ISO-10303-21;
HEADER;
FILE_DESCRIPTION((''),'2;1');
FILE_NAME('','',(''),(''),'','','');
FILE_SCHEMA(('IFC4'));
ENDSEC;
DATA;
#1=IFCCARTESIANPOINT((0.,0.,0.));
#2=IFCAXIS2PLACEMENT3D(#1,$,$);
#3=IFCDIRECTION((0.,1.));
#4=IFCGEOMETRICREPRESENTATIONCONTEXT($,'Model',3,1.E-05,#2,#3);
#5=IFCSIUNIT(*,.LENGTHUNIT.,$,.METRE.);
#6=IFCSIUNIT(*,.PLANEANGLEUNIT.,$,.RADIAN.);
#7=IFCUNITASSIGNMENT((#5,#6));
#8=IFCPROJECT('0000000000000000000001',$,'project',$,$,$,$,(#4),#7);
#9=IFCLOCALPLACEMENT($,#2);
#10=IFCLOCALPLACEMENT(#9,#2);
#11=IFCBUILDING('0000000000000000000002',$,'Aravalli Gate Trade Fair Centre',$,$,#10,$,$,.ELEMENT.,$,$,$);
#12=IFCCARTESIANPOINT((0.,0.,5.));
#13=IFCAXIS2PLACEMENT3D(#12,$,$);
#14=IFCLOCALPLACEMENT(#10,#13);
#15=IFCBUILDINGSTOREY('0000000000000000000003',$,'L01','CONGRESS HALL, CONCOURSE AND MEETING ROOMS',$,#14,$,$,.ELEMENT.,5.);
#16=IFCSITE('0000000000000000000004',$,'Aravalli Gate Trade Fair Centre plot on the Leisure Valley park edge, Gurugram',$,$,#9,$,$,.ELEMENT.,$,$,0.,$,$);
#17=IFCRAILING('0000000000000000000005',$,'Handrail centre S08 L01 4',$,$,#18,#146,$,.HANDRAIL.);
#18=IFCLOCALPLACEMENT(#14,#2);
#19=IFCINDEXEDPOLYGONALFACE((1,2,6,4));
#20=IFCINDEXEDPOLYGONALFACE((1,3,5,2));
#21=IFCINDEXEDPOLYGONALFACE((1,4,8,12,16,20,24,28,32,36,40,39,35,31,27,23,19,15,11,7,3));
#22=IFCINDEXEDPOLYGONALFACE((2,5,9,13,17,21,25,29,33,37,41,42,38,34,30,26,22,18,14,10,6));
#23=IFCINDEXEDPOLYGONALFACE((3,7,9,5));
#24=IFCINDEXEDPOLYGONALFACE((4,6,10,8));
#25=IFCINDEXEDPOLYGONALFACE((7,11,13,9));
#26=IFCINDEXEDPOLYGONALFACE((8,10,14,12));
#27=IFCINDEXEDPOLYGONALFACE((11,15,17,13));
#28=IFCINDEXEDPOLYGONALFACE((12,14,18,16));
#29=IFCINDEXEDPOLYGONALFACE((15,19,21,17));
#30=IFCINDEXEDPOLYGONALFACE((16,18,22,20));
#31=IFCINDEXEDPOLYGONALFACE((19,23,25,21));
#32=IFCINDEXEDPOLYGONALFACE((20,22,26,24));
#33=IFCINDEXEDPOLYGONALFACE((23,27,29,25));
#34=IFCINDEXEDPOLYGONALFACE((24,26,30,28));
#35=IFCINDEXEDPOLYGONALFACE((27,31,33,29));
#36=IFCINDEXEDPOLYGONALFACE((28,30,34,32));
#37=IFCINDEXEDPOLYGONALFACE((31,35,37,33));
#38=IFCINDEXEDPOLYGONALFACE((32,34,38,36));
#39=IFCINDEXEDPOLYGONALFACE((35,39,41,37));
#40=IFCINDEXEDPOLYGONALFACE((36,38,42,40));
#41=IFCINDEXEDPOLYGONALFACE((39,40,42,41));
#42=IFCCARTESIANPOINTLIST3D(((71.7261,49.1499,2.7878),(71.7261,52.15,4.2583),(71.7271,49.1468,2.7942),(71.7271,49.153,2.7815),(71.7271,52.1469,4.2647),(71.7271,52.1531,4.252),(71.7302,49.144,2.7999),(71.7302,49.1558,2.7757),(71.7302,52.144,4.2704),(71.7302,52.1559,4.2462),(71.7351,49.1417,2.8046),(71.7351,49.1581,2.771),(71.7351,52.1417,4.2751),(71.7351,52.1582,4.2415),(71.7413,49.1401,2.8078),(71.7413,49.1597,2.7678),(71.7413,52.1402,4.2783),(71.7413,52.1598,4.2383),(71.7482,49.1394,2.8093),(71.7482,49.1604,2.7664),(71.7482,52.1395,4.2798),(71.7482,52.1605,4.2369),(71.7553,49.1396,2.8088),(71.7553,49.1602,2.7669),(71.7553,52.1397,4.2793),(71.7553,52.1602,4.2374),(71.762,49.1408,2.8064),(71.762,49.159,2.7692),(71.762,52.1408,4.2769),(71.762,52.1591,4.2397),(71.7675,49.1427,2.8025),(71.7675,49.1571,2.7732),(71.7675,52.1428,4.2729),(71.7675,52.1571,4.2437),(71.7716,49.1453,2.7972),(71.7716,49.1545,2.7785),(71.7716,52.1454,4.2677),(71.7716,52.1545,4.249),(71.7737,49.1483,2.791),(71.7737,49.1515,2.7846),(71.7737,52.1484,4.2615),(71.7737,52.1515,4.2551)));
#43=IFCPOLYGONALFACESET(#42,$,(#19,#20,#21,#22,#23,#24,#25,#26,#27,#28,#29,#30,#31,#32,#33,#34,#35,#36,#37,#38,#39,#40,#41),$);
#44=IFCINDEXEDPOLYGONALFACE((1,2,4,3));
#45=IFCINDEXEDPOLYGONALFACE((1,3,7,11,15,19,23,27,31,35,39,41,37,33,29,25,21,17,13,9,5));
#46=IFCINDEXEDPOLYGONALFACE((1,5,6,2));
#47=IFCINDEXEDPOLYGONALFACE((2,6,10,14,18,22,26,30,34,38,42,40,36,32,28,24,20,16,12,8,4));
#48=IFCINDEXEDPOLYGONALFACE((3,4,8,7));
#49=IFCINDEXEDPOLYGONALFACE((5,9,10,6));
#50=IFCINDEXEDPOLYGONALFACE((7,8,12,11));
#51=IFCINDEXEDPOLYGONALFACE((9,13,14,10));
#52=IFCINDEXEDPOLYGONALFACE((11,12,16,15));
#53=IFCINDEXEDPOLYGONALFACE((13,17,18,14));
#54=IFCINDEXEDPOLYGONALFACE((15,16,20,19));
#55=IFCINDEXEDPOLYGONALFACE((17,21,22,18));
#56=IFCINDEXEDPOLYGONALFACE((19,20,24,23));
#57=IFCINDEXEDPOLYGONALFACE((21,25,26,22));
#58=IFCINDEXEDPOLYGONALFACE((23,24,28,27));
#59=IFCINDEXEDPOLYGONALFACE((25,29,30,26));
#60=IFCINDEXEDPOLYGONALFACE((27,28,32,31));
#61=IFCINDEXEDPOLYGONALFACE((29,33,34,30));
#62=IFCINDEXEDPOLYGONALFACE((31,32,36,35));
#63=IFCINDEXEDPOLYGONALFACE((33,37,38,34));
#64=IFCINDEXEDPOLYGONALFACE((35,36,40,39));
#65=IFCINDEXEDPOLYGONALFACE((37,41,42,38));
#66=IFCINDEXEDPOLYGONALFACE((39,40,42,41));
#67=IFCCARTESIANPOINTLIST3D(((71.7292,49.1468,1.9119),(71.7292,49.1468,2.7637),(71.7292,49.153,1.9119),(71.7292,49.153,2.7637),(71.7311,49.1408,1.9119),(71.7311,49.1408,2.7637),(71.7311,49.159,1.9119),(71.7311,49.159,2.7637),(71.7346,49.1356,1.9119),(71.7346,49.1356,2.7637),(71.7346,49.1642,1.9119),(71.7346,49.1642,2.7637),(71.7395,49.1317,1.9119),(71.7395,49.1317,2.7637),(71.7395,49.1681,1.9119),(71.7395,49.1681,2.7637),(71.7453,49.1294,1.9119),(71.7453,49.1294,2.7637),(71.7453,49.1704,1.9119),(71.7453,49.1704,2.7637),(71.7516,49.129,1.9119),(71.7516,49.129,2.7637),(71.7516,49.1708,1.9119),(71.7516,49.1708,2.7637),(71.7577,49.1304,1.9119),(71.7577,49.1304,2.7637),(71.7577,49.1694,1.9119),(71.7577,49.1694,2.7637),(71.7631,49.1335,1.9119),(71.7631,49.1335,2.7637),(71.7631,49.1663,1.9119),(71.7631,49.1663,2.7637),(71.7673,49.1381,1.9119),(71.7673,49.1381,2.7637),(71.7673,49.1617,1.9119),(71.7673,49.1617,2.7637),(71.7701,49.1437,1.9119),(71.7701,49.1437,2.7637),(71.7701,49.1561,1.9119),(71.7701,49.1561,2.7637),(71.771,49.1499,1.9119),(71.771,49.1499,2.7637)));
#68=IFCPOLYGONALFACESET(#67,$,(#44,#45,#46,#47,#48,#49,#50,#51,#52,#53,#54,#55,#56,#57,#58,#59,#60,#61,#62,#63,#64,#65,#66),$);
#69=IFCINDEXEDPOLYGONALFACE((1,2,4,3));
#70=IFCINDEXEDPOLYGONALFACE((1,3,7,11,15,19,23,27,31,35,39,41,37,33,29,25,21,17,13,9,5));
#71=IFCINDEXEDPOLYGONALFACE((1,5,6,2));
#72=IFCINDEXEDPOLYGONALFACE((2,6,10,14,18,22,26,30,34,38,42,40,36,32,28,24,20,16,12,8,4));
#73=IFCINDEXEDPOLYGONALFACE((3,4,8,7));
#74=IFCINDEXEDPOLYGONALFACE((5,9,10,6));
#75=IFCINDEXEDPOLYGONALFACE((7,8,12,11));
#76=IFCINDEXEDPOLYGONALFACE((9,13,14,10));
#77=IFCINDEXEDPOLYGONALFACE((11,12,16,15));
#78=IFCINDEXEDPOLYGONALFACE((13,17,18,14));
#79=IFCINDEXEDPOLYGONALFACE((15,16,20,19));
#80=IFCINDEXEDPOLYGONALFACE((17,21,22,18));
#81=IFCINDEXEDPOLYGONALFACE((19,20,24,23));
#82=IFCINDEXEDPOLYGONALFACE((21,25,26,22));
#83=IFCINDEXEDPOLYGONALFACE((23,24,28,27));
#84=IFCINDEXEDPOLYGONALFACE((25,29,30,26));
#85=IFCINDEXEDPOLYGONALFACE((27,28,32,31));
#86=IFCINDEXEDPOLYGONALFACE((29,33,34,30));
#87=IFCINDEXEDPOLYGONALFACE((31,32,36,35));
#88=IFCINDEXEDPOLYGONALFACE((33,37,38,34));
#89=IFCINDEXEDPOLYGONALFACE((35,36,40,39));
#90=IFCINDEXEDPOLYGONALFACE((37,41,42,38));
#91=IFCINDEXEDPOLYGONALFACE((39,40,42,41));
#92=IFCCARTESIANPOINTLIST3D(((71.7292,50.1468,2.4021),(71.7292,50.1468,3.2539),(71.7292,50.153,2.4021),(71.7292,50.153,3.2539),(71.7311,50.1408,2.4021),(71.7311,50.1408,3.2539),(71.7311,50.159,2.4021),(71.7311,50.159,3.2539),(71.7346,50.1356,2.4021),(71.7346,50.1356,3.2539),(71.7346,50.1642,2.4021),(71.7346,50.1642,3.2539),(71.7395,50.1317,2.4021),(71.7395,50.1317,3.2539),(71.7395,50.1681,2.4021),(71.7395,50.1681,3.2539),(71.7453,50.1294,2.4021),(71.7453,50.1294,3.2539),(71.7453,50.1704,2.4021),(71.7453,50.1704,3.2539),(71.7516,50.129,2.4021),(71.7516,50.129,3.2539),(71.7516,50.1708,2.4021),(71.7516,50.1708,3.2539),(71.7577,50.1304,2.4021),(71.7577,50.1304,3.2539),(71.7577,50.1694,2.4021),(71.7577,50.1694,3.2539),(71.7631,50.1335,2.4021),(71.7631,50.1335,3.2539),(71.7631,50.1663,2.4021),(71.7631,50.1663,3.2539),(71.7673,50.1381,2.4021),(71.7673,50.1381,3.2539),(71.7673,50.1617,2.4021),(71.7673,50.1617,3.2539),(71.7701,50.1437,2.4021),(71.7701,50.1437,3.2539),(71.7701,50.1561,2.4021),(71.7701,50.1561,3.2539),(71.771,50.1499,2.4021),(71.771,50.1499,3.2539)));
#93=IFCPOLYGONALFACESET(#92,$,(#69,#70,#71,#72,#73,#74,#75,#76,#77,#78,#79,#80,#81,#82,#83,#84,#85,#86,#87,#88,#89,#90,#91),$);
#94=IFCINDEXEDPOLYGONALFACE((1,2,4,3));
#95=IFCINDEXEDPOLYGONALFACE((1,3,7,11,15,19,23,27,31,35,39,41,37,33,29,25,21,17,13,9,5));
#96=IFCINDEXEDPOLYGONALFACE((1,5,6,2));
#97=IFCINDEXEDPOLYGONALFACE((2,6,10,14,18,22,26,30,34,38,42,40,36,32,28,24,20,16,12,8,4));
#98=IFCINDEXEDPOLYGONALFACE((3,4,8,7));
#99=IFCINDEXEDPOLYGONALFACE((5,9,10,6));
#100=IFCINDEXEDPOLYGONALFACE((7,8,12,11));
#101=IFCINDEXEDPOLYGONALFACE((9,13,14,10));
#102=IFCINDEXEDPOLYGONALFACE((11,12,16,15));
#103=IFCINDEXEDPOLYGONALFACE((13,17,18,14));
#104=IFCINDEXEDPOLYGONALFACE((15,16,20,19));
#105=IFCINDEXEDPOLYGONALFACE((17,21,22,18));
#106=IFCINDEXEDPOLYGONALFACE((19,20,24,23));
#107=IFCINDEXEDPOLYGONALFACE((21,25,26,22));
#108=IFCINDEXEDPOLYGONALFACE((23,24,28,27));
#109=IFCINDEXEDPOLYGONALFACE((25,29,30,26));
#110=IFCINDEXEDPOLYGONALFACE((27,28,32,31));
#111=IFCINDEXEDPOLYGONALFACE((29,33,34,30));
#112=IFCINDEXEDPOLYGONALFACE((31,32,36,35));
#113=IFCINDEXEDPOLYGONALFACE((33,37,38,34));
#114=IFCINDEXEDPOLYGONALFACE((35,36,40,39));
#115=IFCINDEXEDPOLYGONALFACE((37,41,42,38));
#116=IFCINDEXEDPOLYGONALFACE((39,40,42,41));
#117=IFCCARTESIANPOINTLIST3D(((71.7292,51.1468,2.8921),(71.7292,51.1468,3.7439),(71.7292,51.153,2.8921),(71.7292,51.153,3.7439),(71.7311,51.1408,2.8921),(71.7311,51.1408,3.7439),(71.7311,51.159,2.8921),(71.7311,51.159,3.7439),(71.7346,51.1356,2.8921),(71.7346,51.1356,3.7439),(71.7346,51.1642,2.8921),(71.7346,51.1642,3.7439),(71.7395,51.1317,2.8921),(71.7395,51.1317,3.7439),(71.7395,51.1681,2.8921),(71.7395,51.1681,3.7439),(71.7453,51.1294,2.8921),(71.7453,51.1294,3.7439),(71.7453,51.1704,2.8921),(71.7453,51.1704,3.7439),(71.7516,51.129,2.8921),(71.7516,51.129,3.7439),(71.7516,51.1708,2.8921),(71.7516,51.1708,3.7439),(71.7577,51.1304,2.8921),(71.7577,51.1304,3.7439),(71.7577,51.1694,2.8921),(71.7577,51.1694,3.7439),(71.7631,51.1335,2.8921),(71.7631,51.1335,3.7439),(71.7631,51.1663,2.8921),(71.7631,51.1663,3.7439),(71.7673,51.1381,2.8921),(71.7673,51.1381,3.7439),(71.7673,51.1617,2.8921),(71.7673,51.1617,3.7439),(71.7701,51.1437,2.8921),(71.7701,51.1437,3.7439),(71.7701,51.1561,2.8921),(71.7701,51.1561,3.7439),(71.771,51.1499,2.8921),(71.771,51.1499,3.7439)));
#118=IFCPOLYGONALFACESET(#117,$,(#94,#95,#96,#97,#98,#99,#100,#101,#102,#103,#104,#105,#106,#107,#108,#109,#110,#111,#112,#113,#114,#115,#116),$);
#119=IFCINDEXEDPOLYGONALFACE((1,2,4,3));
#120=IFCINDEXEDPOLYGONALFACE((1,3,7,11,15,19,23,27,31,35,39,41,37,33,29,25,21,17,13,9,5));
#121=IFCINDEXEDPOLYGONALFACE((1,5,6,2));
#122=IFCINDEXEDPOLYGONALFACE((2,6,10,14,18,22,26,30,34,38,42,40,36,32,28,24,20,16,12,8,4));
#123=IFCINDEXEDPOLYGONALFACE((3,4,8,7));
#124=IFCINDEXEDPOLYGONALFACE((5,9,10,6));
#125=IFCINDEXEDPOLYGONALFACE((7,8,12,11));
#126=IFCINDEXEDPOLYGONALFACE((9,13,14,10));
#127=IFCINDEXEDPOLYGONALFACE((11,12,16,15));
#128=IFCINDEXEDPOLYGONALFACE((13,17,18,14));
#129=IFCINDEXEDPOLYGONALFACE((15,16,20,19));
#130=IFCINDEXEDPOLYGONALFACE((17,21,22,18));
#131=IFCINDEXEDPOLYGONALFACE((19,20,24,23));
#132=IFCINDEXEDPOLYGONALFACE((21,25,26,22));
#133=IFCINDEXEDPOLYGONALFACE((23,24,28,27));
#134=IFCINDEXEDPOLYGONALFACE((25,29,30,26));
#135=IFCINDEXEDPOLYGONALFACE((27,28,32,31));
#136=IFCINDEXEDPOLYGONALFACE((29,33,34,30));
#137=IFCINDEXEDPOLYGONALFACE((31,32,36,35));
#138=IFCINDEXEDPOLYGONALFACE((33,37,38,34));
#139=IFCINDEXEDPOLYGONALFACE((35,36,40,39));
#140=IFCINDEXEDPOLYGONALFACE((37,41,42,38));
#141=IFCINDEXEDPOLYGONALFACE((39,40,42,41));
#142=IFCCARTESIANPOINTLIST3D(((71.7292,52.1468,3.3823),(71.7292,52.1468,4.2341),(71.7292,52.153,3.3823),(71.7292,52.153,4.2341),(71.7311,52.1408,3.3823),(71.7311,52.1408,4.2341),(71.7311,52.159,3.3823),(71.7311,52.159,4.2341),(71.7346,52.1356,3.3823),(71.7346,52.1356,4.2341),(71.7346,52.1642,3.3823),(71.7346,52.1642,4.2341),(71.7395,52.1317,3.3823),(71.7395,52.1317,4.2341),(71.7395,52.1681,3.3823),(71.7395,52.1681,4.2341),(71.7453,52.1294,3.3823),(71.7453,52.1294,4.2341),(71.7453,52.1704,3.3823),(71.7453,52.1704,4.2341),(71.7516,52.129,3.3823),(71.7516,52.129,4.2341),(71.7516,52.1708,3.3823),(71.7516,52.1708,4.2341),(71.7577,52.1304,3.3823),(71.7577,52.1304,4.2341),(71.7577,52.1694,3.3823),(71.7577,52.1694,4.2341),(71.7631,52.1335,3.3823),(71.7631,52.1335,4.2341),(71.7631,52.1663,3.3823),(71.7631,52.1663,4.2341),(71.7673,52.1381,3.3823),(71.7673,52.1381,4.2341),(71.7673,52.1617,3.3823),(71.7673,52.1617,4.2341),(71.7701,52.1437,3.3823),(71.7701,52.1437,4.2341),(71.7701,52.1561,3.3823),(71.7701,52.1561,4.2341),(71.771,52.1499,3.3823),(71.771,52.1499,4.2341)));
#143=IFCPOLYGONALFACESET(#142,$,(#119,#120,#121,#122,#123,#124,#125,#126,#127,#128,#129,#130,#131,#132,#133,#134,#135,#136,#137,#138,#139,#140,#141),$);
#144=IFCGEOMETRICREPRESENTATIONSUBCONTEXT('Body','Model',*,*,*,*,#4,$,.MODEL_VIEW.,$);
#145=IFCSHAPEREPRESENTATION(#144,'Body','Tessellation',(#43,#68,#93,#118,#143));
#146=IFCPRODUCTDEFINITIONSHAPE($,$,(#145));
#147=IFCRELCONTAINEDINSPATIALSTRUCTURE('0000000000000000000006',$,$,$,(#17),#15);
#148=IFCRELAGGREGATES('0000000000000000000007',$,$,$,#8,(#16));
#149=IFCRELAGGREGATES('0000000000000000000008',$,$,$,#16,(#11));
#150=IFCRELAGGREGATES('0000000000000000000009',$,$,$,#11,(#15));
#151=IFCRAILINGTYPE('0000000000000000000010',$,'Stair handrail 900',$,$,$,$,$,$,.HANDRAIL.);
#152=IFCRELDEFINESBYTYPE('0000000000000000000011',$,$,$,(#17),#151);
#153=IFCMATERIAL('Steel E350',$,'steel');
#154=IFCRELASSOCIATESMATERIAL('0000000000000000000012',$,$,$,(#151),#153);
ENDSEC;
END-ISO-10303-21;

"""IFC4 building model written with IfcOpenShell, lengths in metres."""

from ifc_helpers import new_model, si_unit, direction, frame, origin, origin_2d, place, context, subcontext, project, spatial, circle, extrude, material, type_object, element, save


model = new_model("IFC4")

# Units and contexts
model_context = context("Model", 3, precision=1e-05, world=origin(), true_north=direction((0.0, 1.0)))
body_context = subcontext(model_context, "Body", "Model", "MODEL_VIEW")
ifc_project = project(units=[si_unit("LENGTHUNIT", "METRE"), si_unit("PLANEANGLEUNIT", "RADIAN")], contexts=[model_context])

# Site, building, storey
site_placement = place(None, origin())
site = spatial("IfcSite", under=ifc_project, at=site_placement, Name="Aravalli Gate Trade Fair Centre plot on the Leisure Valley park edge, Gurugram", CompositionType="ELEMENT", RefElevation=0.0)
building_placement = place(site_placement, origin())
building = spatial("IfcBuilding", under=site, at=building_placement, Name="Aravalli Gate Trade Fair Centre", CompositionType="ELEMENT")
storey_placement = place(building_placement, frame((0.0, 0.0, 5.0)))
storey = spatial("IfcBuildingStorey", under=building, at=storey_placement, Name="L01", Description="CONGRESS HALL, CONCOURSE AND MEETING ROOMS", CompositionType="ELEMENT", Elevation=5.0)

# Railing
ifc_material_1 = material(Name="Steel E350", Category="steel")
railing_type_1 = type_object("IfcRailingType", Name="Stair handrail 900", PredefinedType="HANDRAIL", material=ifc_material_1)
for number, where, name in (
    (1, (71.75, 49.1499, 1.9119), "Handrail centre S08 L01 4"),
):
    element("IfcRailing", number, at=place(storey_placement, frame(where)), inside=storey, type_object=railing_type_1, Name=name, PredefinedType="HANDRAIL", context=body_context, shape_type="SweptSolid", body=[
        extrude(circle(Radius=0.0239, at=origin_2d()), frame((0.0, 0.0, 0.876), z_axis=(0.0, 0.897936, 0.440126), x_axis=(-1.0, 0.0, 0.0)), (0.0, 0.0, 1.0), 3.3411),
        extrude(circle(Radius=0.021, at=origin_2d()), origin(), (0.0, 0.0, 1.0), 0.8518),
        extrude(circle(Radius=0.021, at=origin_2d()), frame((0.0, 1.0, 0.4902)), (0.0, 0.0, 1.0), 0.8518),
        extrude(circle(Radius=0.021, at=origin_2d()), frame((0.0, 2.0, 0.9802)), (0.0, 0.0, 1.0), 0.8518),
        extrude(circle(Radius=0.021, at=origin_2d()), frame((0.0, 3.0, 1.4705)), (0.0, 0.0, 1.0), 0.8518),
    ])

save(model, "model.ifc")
